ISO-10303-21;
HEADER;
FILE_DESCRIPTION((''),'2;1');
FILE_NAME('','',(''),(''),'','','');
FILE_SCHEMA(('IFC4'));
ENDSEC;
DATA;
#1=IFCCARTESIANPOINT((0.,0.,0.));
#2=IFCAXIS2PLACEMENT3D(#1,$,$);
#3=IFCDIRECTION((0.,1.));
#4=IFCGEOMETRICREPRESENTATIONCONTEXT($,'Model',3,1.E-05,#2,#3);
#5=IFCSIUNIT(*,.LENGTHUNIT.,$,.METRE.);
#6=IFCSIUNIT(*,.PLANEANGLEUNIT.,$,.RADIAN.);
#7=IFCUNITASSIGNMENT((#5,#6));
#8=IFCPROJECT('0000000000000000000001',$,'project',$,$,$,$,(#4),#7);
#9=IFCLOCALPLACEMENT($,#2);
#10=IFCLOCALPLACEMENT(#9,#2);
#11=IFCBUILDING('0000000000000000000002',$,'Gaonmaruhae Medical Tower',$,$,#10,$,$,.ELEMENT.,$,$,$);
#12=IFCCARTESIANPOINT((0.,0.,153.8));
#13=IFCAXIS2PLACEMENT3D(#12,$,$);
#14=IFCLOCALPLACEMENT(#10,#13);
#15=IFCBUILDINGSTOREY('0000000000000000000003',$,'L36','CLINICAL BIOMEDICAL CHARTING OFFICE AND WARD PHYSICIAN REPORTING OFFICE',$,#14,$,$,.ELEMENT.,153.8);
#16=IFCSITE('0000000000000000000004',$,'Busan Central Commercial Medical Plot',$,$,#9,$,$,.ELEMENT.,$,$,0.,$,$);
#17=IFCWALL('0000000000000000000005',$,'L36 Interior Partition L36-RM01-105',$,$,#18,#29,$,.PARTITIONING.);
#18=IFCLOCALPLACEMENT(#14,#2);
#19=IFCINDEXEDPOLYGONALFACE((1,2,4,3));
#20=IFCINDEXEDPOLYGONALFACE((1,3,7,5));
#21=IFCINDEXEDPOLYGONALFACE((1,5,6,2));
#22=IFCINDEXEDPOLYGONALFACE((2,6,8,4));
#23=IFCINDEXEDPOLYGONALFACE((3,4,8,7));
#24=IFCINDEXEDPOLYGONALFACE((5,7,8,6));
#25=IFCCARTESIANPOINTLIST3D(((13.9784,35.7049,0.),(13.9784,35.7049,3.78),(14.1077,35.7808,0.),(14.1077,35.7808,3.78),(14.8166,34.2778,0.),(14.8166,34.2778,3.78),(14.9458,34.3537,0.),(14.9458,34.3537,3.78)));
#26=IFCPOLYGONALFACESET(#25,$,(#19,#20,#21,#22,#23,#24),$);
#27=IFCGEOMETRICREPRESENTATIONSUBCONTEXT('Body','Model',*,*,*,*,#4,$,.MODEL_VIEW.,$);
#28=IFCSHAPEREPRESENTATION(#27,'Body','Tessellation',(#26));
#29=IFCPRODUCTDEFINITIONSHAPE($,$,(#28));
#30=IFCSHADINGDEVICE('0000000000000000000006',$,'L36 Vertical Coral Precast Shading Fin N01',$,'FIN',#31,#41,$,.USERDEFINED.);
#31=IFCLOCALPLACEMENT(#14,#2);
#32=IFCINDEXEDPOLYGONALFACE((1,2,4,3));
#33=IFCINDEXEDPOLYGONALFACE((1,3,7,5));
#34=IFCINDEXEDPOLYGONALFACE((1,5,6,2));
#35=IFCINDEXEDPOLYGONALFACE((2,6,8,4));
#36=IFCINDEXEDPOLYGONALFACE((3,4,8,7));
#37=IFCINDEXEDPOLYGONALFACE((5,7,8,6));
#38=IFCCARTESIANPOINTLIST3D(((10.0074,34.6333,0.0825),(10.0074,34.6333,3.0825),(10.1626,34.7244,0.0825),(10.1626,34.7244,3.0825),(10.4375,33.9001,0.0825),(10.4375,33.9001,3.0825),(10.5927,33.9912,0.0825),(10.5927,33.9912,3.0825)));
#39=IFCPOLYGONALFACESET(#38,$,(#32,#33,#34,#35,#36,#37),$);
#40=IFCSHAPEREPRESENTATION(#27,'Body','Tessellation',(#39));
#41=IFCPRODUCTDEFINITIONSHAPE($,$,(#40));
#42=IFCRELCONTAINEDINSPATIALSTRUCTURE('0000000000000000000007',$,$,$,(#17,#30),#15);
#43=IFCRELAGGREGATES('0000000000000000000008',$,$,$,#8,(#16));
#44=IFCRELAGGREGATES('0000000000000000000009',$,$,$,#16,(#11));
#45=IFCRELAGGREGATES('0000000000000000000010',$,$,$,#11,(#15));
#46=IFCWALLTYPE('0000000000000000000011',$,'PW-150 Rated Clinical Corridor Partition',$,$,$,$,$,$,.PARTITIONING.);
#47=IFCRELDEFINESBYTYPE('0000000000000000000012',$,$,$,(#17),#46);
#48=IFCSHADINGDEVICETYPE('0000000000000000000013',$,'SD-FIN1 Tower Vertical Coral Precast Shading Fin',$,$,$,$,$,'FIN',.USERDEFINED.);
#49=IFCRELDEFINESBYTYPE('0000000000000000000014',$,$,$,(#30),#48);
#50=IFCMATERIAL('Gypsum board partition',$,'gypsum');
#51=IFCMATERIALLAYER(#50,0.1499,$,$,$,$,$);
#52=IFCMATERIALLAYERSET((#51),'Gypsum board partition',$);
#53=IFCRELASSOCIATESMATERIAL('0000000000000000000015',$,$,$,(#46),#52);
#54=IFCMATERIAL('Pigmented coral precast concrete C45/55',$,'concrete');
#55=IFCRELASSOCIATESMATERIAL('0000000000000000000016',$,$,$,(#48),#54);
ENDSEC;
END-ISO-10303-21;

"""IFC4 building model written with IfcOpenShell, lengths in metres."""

from ifc_helpers import new_model, si_unit, direction, frame, frame_2d, origin, origin_2d, place, context, subcontext, project, spatial, rectangle, extrude, material, layer, layer_set, type_object, element, save


model = new_model("IFC4")

# Units and contexts
model_context = context("Model", 3, precision=1e-05, world=origin(), true_north=direction((0.0, 1.0)))
body_context = subcontext(model_context, "Body", "Model", "MODEL_VIEW")
ifc_project = project(units=[si_unit("LENGTHUNIT", "METRE"), si_unit("PLANEANGLEUNIT", "RADIAN")], contexts=[model_context])

# Site, building, storey
site_placement = place(None, origin())
site = spatial("IfcSite", under=ifc_project, at=site_placement, Name="Busan Central Commercial Medical Plot", CompositionType="ELEMENT", RefElevation=0.0)
building_placement = place(site_placement, origin())
building = spatial("IfcBuilding", under=site, at=building_placement, Name="Gaonmaruhae Medical Tower", CompositionType="ELEMENT")
storey_placement = place(building_placement, frame((0.0, 0.0, 153.8)))
storey = spatial("IfcBuildingStorey", under=building, at=storey_placement, Name="L36", Description="CLINICAL BIOMEDICAL CHARTING OFFICE AND WARD PHYSICIAN REPORTING OFFICE", CompositionType="ELEMENT", Elevation=153.8)

# Shared definitions
ifc_material_1 = material(Name="Gypsum board partition", Category="gypsum")
ifc_layer_1 = layer(ifc_material_1, 0.1499)
ifc_layer_set_1 = layer_set([ifc_layer_1], Name="Gypsum board partition")
wall_type_1 = type_object("IfcWallType", Name="PW-150 Rated Clinical Corridor Partition", PredefinedType="PARTITIONING", material=ifc_layer_set_1)

# Wall
wall_1_placement = place(storey_placement, frame((14.043, 35.7429, 0.0), z_axis=(0.0, 0.0, 1.0), x_axis=(0.506446, -0.862272, 0.0)))
element("IfcWall", 1, at=wall_1_placement, inside=storey, type_object=wall_type_1, Name="L36 Interior Partition L36-RM01-105", PredefinedType="PARTITIONING", context=body_context, shape_type="SweptSolid", body=[
    extrude(rectangle(XDim=1.655, YDim=0.1499, at=frame_2d((0.8276, 0.0))), origin(), (0.0, 0.0, 1.0), 3.78),
])

# Shading device
ifc_material_2 = material(Name="Pigmented coral precast concrete C45/55", Category="concrete")
shading_device_type = type_object("IfcShadingDeviceType", Name="SD-FIN1 Tower Vertical Coral Precast Shading Fin", ElementType="FIN", PredefinedType="USERDEFINED", material=ifc_material_2)
shading_device_placement = place(storey_placement, frame((10.3, 34.3123, 0.0825), z_axis=(0.0, 0.0, 1.0), x_axis=(0.862514, 0.506034, 0.0)))
element("IfcShadingDevice", 2, at=shading_device_placement, inside=storey, type_object=shading_device_type, Name="L36 Vertical Coral Precast Shading Fin N01", ObjectType="FIN", PredefinedType="USERDEFINED", context=body_context, shape_type="SweptSolid", body=[
    extrude(rectangle(XDim=0.1799, YDim=0.8501, at=origin_2d()), origin(), (0.0, 0.0, 1.0), 3.0),
])

save(model, "model.ifc")
